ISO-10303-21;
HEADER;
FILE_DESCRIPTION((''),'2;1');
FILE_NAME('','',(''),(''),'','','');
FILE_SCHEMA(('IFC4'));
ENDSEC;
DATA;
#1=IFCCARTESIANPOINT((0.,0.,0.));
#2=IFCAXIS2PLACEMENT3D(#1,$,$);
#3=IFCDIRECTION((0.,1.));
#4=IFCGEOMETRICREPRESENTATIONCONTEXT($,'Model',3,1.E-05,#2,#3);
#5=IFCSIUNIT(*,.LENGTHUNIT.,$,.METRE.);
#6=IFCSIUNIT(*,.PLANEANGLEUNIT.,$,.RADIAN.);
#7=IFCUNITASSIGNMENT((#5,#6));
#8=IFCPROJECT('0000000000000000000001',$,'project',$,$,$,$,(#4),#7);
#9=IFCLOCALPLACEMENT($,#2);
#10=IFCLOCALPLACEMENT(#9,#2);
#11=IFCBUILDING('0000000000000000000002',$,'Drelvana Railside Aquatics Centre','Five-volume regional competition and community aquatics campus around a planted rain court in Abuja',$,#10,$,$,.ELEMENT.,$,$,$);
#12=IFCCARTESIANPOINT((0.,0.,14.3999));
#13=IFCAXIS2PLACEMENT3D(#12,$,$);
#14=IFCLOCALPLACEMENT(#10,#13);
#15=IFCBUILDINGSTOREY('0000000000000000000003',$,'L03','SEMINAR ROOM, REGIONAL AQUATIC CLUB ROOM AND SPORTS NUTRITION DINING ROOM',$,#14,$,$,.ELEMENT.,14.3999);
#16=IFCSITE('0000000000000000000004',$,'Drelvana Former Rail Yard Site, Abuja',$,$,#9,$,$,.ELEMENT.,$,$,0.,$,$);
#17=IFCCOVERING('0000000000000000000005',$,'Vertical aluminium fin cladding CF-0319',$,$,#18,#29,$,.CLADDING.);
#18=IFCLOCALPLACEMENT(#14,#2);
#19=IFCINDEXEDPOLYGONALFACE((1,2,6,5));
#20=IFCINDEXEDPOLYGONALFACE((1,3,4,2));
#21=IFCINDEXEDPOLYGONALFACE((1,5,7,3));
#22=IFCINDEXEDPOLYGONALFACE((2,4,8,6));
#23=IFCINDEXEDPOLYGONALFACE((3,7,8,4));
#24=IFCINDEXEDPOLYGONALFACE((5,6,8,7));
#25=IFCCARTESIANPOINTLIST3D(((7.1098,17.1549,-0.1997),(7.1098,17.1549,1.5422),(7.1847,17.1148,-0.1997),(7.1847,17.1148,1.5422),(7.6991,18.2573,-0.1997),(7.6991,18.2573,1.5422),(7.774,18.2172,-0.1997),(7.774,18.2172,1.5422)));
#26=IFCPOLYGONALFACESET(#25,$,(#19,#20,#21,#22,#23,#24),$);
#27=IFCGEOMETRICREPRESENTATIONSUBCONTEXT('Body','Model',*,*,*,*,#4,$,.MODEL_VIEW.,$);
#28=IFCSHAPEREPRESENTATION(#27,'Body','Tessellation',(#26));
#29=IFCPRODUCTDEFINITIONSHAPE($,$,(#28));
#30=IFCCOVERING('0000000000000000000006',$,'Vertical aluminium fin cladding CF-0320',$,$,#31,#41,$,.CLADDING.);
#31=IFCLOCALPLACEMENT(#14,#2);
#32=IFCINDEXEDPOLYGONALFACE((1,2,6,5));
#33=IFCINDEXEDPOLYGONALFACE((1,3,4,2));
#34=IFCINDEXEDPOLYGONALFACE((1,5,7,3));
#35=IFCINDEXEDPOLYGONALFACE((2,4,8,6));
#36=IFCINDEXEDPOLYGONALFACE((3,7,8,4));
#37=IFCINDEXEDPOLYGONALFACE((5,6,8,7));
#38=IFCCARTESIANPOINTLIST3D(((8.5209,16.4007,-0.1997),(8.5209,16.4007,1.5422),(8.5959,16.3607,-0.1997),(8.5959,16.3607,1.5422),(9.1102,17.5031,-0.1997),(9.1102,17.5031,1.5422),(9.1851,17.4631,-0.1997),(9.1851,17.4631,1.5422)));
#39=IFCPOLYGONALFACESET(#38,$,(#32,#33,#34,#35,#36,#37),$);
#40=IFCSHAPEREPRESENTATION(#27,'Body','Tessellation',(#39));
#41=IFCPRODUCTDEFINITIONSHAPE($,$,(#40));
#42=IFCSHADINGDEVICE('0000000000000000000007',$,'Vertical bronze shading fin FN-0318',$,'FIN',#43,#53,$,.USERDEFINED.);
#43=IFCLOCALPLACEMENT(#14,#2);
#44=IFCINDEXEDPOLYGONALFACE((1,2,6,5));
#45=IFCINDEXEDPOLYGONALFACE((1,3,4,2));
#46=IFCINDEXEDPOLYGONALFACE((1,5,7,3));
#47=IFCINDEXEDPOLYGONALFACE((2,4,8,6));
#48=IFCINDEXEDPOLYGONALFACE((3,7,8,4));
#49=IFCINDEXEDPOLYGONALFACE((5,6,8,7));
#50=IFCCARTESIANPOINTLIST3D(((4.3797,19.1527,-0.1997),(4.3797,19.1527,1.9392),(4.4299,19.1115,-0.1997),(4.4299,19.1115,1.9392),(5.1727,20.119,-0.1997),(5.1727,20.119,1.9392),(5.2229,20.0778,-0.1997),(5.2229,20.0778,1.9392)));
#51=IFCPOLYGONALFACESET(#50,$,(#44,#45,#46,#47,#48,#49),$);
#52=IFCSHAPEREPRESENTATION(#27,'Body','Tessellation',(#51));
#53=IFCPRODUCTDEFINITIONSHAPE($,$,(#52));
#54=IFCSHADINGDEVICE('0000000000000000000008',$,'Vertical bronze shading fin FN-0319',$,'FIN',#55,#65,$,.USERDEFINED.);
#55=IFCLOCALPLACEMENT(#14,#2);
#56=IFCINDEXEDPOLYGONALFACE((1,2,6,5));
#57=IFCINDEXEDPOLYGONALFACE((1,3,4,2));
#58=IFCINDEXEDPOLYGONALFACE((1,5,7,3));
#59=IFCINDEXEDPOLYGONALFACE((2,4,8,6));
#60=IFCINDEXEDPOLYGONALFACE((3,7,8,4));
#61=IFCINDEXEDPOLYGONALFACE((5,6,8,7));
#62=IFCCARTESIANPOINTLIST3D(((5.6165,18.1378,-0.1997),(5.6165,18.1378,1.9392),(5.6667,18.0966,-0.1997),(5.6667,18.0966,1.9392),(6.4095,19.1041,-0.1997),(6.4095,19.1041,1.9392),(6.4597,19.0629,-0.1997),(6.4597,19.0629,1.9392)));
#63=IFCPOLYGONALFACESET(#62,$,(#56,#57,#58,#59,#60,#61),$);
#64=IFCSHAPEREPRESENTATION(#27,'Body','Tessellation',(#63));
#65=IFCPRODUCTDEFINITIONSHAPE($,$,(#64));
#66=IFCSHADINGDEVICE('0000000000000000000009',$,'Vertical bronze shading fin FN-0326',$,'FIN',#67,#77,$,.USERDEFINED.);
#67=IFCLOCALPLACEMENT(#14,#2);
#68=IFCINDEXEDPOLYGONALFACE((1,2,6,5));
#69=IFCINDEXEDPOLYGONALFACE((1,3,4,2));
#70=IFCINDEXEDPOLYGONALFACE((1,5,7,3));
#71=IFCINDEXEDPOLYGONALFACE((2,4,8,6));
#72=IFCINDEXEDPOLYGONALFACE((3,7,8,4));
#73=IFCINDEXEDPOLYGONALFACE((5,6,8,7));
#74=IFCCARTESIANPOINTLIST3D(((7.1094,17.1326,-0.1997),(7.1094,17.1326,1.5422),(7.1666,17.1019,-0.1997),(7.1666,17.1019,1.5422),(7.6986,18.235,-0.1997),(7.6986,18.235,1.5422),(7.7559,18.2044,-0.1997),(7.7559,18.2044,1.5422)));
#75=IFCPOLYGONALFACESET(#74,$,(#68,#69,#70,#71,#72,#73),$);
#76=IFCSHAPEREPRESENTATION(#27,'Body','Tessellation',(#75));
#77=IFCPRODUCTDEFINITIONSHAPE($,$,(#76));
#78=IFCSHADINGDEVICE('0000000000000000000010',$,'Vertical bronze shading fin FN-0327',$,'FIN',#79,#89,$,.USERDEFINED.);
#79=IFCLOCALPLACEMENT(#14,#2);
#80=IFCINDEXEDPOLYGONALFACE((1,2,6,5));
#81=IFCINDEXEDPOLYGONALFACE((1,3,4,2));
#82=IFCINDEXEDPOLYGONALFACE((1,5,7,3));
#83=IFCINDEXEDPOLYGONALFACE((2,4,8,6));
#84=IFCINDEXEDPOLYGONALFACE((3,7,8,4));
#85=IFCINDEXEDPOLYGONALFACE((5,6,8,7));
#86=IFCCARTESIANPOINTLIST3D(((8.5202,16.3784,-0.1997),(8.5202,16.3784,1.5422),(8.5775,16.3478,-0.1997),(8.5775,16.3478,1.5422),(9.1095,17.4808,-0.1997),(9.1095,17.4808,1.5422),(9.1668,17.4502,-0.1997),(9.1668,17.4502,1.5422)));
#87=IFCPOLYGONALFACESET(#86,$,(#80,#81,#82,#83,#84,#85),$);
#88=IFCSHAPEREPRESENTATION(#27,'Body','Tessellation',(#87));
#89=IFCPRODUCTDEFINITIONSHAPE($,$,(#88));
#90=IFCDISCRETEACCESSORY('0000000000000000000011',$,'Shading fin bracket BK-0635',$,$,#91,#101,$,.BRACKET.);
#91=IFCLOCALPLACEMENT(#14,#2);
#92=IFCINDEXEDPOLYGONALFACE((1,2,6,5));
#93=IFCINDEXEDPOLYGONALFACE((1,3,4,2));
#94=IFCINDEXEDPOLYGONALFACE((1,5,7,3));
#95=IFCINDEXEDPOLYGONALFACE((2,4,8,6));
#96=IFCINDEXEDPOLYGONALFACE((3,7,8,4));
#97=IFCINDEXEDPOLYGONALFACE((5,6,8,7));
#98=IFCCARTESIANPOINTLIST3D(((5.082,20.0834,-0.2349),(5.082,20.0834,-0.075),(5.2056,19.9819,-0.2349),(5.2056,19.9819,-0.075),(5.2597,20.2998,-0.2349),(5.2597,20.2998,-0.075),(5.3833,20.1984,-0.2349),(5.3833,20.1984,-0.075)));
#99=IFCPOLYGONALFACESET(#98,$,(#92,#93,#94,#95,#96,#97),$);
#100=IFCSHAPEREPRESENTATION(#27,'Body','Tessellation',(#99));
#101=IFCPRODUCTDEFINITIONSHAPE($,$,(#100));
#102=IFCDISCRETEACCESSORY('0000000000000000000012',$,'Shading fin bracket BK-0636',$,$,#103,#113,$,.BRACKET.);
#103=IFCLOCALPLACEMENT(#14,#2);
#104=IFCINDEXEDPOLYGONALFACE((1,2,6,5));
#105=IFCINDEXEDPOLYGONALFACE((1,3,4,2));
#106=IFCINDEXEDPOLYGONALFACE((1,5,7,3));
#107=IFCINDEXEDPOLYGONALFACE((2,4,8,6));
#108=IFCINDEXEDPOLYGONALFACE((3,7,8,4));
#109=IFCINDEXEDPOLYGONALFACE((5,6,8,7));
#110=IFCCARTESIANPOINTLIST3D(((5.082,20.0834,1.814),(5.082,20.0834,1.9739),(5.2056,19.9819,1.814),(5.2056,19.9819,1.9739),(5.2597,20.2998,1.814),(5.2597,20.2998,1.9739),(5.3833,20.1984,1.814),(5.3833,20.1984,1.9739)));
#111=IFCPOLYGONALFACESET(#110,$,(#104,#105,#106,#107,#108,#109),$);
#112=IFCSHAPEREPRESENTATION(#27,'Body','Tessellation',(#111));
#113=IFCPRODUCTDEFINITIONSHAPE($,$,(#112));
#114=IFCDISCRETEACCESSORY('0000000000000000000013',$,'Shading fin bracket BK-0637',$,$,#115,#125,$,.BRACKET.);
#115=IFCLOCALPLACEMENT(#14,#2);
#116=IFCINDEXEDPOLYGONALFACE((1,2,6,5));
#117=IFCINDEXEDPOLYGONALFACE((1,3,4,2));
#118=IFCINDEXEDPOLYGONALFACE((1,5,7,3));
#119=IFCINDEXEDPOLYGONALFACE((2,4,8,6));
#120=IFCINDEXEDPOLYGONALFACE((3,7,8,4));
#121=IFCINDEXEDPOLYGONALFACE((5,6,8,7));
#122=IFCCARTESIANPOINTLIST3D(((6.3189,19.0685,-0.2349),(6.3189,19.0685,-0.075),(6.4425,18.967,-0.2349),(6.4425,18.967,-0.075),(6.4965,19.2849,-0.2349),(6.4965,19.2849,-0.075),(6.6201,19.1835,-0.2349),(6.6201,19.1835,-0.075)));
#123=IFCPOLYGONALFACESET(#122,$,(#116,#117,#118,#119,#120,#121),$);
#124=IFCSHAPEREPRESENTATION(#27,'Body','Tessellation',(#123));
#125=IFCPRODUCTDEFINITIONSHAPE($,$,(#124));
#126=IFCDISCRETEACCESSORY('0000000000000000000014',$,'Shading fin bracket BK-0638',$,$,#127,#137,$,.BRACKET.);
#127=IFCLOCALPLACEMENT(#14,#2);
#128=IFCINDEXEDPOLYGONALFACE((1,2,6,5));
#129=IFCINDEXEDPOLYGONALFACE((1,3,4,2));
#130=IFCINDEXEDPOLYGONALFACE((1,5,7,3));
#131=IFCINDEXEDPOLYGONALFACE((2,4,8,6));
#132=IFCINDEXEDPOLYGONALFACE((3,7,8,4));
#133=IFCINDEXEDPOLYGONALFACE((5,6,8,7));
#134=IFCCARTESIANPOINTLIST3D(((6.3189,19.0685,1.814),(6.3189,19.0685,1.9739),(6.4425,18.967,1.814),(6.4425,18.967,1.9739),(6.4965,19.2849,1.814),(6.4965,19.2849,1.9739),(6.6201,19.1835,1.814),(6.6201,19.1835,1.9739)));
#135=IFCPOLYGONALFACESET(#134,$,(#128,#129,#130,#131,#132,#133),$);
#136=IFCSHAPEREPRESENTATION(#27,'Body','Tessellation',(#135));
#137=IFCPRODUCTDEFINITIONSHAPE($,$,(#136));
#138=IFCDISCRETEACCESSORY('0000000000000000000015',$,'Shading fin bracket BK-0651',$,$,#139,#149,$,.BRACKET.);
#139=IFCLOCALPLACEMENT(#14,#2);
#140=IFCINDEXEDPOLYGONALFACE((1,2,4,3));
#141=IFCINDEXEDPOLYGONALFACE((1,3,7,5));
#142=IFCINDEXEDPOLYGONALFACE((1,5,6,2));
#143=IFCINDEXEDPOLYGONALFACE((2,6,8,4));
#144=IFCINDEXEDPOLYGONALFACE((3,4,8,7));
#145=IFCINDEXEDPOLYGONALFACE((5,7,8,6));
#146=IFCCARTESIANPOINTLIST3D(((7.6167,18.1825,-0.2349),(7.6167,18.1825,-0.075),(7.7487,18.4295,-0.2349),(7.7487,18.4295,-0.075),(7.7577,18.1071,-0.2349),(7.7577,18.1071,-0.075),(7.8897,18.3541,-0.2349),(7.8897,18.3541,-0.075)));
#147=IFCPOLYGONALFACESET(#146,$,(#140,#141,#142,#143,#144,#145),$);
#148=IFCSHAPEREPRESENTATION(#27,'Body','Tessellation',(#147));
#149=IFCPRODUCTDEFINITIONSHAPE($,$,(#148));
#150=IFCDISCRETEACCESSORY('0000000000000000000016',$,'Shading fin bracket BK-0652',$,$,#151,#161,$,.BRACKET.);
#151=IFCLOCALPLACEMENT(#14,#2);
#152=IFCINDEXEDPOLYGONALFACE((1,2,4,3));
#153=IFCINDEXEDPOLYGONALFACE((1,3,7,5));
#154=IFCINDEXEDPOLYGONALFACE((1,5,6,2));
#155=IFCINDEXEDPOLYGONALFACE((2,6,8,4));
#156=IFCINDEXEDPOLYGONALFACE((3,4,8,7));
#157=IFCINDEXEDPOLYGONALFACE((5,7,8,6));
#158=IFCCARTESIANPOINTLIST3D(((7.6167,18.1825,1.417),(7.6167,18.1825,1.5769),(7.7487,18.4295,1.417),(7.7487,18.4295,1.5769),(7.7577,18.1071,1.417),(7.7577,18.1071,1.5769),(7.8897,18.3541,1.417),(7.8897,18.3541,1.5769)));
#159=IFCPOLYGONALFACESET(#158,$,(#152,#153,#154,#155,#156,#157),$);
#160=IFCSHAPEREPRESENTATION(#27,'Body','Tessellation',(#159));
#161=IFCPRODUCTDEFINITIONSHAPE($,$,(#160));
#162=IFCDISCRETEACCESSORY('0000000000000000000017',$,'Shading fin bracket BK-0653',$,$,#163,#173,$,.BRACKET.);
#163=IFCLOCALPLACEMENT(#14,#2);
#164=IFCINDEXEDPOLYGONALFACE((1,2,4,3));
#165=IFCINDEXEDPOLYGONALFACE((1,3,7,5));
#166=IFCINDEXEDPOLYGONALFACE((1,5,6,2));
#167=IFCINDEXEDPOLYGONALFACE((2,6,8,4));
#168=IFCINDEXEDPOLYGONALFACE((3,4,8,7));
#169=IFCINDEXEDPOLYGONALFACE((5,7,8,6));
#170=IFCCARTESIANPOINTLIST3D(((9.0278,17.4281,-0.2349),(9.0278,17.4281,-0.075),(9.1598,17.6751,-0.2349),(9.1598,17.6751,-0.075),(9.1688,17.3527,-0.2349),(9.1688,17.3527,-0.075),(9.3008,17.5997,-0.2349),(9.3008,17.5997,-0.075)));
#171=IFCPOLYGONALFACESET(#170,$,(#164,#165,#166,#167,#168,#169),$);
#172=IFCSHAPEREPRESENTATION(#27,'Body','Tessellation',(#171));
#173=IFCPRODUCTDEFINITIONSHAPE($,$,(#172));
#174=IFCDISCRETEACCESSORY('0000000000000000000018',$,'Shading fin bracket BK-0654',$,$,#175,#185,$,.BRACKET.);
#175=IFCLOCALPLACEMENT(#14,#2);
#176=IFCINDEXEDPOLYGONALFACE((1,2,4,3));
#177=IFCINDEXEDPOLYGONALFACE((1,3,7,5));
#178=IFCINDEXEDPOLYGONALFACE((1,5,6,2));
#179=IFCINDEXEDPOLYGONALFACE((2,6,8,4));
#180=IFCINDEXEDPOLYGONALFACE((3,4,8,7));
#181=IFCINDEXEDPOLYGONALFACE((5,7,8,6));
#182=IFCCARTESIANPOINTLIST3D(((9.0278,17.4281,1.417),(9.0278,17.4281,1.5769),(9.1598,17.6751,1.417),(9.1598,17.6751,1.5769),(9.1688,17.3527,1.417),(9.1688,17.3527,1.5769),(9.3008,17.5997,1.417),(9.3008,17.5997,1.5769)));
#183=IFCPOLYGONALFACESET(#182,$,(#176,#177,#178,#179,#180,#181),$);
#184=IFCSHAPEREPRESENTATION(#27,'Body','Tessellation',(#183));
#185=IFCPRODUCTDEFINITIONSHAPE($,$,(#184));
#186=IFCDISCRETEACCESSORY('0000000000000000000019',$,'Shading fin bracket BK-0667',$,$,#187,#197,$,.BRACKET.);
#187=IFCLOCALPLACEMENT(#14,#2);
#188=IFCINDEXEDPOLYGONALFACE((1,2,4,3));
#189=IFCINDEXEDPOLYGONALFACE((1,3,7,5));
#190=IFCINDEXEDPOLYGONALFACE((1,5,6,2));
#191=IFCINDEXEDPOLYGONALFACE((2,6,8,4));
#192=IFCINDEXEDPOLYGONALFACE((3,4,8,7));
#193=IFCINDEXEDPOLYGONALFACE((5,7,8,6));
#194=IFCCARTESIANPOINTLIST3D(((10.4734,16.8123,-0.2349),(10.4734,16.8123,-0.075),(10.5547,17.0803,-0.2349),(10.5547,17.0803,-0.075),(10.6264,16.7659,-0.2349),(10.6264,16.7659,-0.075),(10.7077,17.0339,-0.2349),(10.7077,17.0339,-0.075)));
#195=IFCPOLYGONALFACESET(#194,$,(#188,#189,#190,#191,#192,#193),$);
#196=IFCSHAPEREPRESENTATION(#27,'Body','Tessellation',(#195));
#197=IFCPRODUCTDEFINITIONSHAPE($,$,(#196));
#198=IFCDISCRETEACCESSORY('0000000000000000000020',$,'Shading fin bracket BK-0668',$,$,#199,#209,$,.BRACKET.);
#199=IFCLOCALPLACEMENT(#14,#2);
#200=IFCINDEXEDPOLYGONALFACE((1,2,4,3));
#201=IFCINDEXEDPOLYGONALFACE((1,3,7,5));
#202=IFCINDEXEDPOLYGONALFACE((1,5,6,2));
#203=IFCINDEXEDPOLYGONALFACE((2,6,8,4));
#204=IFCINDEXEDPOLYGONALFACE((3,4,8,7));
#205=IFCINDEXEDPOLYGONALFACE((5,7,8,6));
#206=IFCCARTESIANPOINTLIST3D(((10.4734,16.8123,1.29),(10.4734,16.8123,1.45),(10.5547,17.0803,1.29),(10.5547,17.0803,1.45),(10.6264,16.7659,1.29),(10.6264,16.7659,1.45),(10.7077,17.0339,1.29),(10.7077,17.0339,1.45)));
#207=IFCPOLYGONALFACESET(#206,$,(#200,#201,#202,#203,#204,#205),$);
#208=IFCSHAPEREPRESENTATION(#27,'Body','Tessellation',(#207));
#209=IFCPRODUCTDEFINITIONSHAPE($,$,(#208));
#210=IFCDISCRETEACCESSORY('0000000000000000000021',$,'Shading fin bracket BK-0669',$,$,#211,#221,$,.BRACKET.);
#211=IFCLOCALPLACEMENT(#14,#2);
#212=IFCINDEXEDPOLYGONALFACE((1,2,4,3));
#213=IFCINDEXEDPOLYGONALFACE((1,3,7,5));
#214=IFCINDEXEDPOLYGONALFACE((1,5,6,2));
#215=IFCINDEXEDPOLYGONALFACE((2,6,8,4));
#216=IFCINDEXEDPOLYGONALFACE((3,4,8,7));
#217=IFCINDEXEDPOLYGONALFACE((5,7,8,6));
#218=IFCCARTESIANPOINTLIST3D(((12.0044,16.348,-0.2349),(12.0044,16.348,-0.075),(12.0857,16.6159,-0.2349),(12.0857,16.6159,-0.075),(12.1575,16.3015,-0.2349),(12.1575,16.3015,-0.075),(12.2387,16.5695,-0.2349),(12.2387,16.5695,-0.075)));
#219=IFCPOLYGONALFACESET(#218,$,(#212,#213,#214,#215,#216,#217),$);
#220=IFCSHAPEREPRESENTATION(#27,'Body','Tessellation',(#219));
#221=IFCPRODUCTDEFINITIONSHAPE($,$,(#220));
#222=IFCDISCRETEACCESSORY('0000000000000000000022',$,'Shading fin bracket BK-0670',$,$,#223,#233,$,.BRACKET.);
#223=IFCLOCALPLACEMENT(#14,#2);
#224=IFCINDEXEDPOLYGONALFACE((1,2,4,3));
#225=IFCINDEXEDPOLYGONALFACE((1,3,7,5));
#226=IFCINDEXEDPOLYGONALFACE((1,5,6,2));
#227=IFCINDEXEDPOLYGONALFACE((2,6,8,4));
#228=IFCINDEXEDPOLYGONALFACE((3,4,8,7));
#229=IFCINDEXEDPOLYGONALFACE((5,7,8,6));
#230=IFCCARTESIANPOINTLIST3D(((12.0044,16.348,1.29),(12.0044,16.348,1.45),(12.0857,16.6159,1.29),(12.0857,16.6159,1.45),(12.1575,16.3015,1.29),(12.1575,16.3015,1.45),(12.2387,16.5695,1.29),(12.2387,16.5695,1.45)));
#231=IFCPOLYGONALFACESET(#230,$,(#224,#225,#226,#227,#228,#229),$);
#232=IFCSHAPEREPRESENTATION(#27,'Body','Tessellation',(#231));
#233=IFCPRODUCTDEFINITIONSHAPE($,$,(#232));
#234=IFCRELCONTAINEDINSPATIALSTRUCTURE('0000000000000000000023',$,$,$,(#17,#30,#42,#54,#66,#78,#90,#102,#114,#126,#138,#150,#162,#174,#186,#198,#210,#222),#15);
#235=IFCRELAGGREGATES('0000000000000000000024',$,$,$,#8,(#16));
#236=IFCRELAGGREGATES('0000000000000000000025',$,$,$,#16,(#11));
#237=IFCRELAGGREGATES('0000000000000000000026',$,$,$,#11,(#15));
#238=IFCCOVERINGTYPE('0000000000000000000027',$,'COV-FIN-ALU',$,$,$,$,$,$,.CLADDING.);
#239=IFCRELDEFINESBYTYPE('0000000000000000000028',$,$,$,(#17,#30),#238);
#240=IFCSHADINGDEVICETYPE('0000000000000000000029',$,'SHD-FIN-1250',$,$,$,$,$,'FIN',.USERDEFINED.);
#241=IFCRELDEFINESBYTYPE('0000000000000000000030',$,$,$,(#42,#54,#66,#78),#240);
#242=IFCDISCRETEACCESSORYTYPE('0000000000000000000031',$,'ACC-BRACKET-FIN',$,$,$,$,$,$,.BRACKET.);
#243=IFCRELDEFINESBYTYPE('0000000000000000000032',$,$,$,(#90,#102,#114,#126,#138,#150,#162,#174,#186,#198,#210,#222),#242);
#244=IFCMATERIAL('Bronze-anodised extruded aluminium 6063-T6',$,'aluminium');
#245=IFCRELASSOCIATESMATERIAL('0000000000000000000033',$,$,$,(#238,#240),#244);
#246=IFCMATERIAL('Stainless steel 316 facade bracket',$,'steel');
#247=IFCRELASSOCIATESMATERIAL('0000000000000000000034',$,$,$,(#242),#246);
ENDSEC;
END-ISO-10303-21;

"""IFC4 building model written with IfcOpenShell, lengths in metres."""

from ifc_helpers import new_model, si_unit, direction, frame, origin, origin_2d, place, context, subcontext, project, spatial, rectangle, extrude, material, type_object, element, save


model = new_model("IFC4")

# Units and contexts
model_context = context("Model", 3, precision=1e-05, world=origin(), true_north=direction((0.0, 1.0)))
body_context = subcontext(model_context, "Body", "Model", "MODEL_VIEW")
ifc_project = project(units=[si_unit("LENGTHUNIT", "METRE"), si_unit("PLANEANGLEUNIT", "RADIAN")], contexts=[model_context])

# Site, building, storey
site_placement = place(None, origin())
site = spatial("IfcSite", under=ifc_project, at=site_placement, Name="Drelvana Former Rail Yard Site, Abuja", CompositionType="ELEMENT", RefElevation=0.0)
building_placement = place(site_placement, origin())
building = spatial("IfcBuilding", under=site, at=building_placement, Name="Drelvana Railside Aquatics Centre", Description="Five-volume regional competition and community aquatics campus around a planted rain court in Abuja", CompositionType="ELEMENT")
storey_placement = place(building_placement, frame((0.0, 0.0, 14.3999)))
storey = spatial("IfcBuildingStorey", under=building, at=storey_placement, Name="L03", Description="SEMINAR ROOM, REGIONAL AQUATIC CLUB ROOM AND SPORTS NUTRITION DINING ROOM", CompositionType="ELEMENT", Elevation=14.3999)

# Coverings
ifc_material_1 = material(Name="Bronze-anodised extruded aluminium 6063-T6", Category="aluminium")
covering_type = type_object("IfcCoveringType", Name="COV-FIN-ALU", PredefinedType="CLADDING", material=ifc_material_1)
for number, where, z_axis, x_axis, name in (
    (1, (7.4419, 17.686, -0.1997), (0.0, 0.0, 1.0), (-0.881921, 0.471397, 0.0), "Vertical aluminium fin cladding CF-0319"),
    (2, (8.853, 16.9319, -0.1997), (0.0, 0.0, 1.0), (-0.881921, 0.471397, 0.0), "Vertical aluminium fin cladding CF-0320"),
):
    element("IfcCovering", number, at=place(storey_placement, frame(where, z_axis=z_axis, x_axis=x_axis)), inside=storey, type_object=covering_type, Name=name, PredefinedType="CLADDING", context=body_context, shape_type="SweptSolid", body=[
        extrude(rectangle(XDim=0.085, YDim=1.25, at=origin_2d()), origin(), (0.0, 0.0, 1.0), 1.7419),
    ])

# Shading devices
shading_device_type = type_object("IfcShadingDeviceType", Name="SHD-FIN-1250", ElementType="FIN", PredefinedType="USERDEFINED", material=ifc_material_1)
for number, where, z_axis, x_axis, name in (
    (3, (4.8013, 19.6152, -0.1997), (0.0, 0.0, 1.0), (-0.634393, -0.77301, 0.0), "Vertical bronze shading fin FN-0318"),
    (4, (6.0381, 18.6003, -0.1997), (0.0, 0.0, 1.0), (-0.634393, -0.77301, 0.0), "Vertical bronze shading fin FN-0319"),
):
    element("IfcShadingDevice", number, at=place(storey_placement, frame(where, z_axis=z_axis, x_axis=x_axis)), inside=storey, type_object=shading_device_type, Name=name, ObjectType="FIN", PredefinedType="USERDEFINED", context=body_context, shape_type="SweptSolid", body=[
        extrude(rectangle(XDim=1.25, YDim=0.0649, at=origin_2d()), origin(), (0.0, 0.0, 1.0), 2.1389),
    ])
for number, where, z_axis, x_axis, name in (
    (5, (7.4326, 17.6685, -0.1997), (0.0, 0.0, 1.0), (-0.471397, -0.881921, 0.0), "Vertical bronze shading fin FN-0326"),
    (6, (8.8435, 16.9143, -0.1997), (0.0, 0.0, 1.0), (-0.471397, -0.881921, 0.0), "Vertical bronze shading fin FN-0327"),
):
    element("IfcShadingDevice", number, at=place(storey_placement, frame(where, z_axis=z_axis, x_axis=x_axis)), inside=storey, type_object=shading_device_type, Name=name, ObjectType="FIN", PredefinedType="USERDEFINED", context=body_context, shape_type="SweptSolid", body=[
        extrude(rectangle(XDim=1.25, YDim=0.0649, at=origin_2d()), origin(), (0.0, 0.0, 1.0), 1.7419),
    ])

# Discrete accessories
ifc_material_2 = material(Name="Stainless steel 316 facade bracket", Category="steel")
discrete_accessory_type = type_object("IfcDiscreteAccessoryType", Name="ACC-BRACKET-FIN", PredefinedType="BRACKET", material=ifc_material_2)
for number, where, z_axis, x_axis, name in (
    (7, (5.2327, 20.1409, -0.2349), (0.0, 0.0, 1.0), (-0.634393, -0.77301, 0.0), "Shading fin bracket BK-0635"),
    (8, (5.2327, 20.1409, 1.814), (0.0, 0.0, 1.0), (-0.634393, -0.77301, 0.0), "Shading fin bracket BK-0636"),
    (9, (6.4695, 19.126, -0.2349), (0.0, 0.0, 1.0), (-0.634393, -0.77301, 0.0), "Shading fin bracket BK-0637"),
    (10, (6.4695, 19.126, 1.814), (0.0, 0.0, 1.0), (-0.634393, -0.77301, 0.0), "Shading fin bracket BK-0638"),
    (11, (7.7532, 18.2683, -0.2349), (0.0, 0.0, 1.0), (-0.471397, -0.881921, 0.0), "Shading fin bracket BK-0651"),
    (12, (7.7532, 18.2683, 1.417), (0.0, 0.0, 1.0), (-0.471397, -0.881921, 0.0), "Shading fin bracket BK-0652"),
    (13, (9.1643, 17.5139, -0.2349), (0.0, 0.0, 1.0), (-0.471397, -0.881921, 0.0), "Shading fin bracket BK-0653"),
    (14, (9.1643, 17.5139, 1.417), (0.0, 0.0, 1.0), (-0.471397, -0.881921, 0.0), "Shading fin bracket BK-0654"),
    (15, (10.5906, 16.9231, -0.2349), (0.0, 0.0, 1.0), (-0.290285, -0.95694, 0.0), "Shading fin bracket BK-0667"),
    (16, (10.5906, 16.9231, 1.29), (0.0, 0.0, 1.0), (-0.290285, -0.95694, 0.0), "Shading fin bracket BK-0668"),
    (17, (12.1216, 16.4587, -0.2349), (0.0, 0.0, 1.0), (-0.290285, -0.95694, 0.0), "Shading fin bracket BK-0669"),
    (18, (12.1216, 16.4587, 1.29), (0.0, 0.0, 1.0), (-0.290285, -0.95694, 0.0), "Shading fin bracket BK-0670"),
):
    element("IfcDiscreteAccessory", number, at=place(storey_placement, frame(where, z_axis=z_axis, x_axis=x_axis)), inside=storey, type_object=discrete_accessory_type, Name=name, PredefinedType="BRACKET", context=body_context, shape_type="SweptSolid", body=[
        extrude(rectangle(XDim=0.28, YDim=0.1599, at=origin_2d()), origin(), (0.0, 0.0, 1.0), 0.1599),
    ])

save(model, "model.ifc")
